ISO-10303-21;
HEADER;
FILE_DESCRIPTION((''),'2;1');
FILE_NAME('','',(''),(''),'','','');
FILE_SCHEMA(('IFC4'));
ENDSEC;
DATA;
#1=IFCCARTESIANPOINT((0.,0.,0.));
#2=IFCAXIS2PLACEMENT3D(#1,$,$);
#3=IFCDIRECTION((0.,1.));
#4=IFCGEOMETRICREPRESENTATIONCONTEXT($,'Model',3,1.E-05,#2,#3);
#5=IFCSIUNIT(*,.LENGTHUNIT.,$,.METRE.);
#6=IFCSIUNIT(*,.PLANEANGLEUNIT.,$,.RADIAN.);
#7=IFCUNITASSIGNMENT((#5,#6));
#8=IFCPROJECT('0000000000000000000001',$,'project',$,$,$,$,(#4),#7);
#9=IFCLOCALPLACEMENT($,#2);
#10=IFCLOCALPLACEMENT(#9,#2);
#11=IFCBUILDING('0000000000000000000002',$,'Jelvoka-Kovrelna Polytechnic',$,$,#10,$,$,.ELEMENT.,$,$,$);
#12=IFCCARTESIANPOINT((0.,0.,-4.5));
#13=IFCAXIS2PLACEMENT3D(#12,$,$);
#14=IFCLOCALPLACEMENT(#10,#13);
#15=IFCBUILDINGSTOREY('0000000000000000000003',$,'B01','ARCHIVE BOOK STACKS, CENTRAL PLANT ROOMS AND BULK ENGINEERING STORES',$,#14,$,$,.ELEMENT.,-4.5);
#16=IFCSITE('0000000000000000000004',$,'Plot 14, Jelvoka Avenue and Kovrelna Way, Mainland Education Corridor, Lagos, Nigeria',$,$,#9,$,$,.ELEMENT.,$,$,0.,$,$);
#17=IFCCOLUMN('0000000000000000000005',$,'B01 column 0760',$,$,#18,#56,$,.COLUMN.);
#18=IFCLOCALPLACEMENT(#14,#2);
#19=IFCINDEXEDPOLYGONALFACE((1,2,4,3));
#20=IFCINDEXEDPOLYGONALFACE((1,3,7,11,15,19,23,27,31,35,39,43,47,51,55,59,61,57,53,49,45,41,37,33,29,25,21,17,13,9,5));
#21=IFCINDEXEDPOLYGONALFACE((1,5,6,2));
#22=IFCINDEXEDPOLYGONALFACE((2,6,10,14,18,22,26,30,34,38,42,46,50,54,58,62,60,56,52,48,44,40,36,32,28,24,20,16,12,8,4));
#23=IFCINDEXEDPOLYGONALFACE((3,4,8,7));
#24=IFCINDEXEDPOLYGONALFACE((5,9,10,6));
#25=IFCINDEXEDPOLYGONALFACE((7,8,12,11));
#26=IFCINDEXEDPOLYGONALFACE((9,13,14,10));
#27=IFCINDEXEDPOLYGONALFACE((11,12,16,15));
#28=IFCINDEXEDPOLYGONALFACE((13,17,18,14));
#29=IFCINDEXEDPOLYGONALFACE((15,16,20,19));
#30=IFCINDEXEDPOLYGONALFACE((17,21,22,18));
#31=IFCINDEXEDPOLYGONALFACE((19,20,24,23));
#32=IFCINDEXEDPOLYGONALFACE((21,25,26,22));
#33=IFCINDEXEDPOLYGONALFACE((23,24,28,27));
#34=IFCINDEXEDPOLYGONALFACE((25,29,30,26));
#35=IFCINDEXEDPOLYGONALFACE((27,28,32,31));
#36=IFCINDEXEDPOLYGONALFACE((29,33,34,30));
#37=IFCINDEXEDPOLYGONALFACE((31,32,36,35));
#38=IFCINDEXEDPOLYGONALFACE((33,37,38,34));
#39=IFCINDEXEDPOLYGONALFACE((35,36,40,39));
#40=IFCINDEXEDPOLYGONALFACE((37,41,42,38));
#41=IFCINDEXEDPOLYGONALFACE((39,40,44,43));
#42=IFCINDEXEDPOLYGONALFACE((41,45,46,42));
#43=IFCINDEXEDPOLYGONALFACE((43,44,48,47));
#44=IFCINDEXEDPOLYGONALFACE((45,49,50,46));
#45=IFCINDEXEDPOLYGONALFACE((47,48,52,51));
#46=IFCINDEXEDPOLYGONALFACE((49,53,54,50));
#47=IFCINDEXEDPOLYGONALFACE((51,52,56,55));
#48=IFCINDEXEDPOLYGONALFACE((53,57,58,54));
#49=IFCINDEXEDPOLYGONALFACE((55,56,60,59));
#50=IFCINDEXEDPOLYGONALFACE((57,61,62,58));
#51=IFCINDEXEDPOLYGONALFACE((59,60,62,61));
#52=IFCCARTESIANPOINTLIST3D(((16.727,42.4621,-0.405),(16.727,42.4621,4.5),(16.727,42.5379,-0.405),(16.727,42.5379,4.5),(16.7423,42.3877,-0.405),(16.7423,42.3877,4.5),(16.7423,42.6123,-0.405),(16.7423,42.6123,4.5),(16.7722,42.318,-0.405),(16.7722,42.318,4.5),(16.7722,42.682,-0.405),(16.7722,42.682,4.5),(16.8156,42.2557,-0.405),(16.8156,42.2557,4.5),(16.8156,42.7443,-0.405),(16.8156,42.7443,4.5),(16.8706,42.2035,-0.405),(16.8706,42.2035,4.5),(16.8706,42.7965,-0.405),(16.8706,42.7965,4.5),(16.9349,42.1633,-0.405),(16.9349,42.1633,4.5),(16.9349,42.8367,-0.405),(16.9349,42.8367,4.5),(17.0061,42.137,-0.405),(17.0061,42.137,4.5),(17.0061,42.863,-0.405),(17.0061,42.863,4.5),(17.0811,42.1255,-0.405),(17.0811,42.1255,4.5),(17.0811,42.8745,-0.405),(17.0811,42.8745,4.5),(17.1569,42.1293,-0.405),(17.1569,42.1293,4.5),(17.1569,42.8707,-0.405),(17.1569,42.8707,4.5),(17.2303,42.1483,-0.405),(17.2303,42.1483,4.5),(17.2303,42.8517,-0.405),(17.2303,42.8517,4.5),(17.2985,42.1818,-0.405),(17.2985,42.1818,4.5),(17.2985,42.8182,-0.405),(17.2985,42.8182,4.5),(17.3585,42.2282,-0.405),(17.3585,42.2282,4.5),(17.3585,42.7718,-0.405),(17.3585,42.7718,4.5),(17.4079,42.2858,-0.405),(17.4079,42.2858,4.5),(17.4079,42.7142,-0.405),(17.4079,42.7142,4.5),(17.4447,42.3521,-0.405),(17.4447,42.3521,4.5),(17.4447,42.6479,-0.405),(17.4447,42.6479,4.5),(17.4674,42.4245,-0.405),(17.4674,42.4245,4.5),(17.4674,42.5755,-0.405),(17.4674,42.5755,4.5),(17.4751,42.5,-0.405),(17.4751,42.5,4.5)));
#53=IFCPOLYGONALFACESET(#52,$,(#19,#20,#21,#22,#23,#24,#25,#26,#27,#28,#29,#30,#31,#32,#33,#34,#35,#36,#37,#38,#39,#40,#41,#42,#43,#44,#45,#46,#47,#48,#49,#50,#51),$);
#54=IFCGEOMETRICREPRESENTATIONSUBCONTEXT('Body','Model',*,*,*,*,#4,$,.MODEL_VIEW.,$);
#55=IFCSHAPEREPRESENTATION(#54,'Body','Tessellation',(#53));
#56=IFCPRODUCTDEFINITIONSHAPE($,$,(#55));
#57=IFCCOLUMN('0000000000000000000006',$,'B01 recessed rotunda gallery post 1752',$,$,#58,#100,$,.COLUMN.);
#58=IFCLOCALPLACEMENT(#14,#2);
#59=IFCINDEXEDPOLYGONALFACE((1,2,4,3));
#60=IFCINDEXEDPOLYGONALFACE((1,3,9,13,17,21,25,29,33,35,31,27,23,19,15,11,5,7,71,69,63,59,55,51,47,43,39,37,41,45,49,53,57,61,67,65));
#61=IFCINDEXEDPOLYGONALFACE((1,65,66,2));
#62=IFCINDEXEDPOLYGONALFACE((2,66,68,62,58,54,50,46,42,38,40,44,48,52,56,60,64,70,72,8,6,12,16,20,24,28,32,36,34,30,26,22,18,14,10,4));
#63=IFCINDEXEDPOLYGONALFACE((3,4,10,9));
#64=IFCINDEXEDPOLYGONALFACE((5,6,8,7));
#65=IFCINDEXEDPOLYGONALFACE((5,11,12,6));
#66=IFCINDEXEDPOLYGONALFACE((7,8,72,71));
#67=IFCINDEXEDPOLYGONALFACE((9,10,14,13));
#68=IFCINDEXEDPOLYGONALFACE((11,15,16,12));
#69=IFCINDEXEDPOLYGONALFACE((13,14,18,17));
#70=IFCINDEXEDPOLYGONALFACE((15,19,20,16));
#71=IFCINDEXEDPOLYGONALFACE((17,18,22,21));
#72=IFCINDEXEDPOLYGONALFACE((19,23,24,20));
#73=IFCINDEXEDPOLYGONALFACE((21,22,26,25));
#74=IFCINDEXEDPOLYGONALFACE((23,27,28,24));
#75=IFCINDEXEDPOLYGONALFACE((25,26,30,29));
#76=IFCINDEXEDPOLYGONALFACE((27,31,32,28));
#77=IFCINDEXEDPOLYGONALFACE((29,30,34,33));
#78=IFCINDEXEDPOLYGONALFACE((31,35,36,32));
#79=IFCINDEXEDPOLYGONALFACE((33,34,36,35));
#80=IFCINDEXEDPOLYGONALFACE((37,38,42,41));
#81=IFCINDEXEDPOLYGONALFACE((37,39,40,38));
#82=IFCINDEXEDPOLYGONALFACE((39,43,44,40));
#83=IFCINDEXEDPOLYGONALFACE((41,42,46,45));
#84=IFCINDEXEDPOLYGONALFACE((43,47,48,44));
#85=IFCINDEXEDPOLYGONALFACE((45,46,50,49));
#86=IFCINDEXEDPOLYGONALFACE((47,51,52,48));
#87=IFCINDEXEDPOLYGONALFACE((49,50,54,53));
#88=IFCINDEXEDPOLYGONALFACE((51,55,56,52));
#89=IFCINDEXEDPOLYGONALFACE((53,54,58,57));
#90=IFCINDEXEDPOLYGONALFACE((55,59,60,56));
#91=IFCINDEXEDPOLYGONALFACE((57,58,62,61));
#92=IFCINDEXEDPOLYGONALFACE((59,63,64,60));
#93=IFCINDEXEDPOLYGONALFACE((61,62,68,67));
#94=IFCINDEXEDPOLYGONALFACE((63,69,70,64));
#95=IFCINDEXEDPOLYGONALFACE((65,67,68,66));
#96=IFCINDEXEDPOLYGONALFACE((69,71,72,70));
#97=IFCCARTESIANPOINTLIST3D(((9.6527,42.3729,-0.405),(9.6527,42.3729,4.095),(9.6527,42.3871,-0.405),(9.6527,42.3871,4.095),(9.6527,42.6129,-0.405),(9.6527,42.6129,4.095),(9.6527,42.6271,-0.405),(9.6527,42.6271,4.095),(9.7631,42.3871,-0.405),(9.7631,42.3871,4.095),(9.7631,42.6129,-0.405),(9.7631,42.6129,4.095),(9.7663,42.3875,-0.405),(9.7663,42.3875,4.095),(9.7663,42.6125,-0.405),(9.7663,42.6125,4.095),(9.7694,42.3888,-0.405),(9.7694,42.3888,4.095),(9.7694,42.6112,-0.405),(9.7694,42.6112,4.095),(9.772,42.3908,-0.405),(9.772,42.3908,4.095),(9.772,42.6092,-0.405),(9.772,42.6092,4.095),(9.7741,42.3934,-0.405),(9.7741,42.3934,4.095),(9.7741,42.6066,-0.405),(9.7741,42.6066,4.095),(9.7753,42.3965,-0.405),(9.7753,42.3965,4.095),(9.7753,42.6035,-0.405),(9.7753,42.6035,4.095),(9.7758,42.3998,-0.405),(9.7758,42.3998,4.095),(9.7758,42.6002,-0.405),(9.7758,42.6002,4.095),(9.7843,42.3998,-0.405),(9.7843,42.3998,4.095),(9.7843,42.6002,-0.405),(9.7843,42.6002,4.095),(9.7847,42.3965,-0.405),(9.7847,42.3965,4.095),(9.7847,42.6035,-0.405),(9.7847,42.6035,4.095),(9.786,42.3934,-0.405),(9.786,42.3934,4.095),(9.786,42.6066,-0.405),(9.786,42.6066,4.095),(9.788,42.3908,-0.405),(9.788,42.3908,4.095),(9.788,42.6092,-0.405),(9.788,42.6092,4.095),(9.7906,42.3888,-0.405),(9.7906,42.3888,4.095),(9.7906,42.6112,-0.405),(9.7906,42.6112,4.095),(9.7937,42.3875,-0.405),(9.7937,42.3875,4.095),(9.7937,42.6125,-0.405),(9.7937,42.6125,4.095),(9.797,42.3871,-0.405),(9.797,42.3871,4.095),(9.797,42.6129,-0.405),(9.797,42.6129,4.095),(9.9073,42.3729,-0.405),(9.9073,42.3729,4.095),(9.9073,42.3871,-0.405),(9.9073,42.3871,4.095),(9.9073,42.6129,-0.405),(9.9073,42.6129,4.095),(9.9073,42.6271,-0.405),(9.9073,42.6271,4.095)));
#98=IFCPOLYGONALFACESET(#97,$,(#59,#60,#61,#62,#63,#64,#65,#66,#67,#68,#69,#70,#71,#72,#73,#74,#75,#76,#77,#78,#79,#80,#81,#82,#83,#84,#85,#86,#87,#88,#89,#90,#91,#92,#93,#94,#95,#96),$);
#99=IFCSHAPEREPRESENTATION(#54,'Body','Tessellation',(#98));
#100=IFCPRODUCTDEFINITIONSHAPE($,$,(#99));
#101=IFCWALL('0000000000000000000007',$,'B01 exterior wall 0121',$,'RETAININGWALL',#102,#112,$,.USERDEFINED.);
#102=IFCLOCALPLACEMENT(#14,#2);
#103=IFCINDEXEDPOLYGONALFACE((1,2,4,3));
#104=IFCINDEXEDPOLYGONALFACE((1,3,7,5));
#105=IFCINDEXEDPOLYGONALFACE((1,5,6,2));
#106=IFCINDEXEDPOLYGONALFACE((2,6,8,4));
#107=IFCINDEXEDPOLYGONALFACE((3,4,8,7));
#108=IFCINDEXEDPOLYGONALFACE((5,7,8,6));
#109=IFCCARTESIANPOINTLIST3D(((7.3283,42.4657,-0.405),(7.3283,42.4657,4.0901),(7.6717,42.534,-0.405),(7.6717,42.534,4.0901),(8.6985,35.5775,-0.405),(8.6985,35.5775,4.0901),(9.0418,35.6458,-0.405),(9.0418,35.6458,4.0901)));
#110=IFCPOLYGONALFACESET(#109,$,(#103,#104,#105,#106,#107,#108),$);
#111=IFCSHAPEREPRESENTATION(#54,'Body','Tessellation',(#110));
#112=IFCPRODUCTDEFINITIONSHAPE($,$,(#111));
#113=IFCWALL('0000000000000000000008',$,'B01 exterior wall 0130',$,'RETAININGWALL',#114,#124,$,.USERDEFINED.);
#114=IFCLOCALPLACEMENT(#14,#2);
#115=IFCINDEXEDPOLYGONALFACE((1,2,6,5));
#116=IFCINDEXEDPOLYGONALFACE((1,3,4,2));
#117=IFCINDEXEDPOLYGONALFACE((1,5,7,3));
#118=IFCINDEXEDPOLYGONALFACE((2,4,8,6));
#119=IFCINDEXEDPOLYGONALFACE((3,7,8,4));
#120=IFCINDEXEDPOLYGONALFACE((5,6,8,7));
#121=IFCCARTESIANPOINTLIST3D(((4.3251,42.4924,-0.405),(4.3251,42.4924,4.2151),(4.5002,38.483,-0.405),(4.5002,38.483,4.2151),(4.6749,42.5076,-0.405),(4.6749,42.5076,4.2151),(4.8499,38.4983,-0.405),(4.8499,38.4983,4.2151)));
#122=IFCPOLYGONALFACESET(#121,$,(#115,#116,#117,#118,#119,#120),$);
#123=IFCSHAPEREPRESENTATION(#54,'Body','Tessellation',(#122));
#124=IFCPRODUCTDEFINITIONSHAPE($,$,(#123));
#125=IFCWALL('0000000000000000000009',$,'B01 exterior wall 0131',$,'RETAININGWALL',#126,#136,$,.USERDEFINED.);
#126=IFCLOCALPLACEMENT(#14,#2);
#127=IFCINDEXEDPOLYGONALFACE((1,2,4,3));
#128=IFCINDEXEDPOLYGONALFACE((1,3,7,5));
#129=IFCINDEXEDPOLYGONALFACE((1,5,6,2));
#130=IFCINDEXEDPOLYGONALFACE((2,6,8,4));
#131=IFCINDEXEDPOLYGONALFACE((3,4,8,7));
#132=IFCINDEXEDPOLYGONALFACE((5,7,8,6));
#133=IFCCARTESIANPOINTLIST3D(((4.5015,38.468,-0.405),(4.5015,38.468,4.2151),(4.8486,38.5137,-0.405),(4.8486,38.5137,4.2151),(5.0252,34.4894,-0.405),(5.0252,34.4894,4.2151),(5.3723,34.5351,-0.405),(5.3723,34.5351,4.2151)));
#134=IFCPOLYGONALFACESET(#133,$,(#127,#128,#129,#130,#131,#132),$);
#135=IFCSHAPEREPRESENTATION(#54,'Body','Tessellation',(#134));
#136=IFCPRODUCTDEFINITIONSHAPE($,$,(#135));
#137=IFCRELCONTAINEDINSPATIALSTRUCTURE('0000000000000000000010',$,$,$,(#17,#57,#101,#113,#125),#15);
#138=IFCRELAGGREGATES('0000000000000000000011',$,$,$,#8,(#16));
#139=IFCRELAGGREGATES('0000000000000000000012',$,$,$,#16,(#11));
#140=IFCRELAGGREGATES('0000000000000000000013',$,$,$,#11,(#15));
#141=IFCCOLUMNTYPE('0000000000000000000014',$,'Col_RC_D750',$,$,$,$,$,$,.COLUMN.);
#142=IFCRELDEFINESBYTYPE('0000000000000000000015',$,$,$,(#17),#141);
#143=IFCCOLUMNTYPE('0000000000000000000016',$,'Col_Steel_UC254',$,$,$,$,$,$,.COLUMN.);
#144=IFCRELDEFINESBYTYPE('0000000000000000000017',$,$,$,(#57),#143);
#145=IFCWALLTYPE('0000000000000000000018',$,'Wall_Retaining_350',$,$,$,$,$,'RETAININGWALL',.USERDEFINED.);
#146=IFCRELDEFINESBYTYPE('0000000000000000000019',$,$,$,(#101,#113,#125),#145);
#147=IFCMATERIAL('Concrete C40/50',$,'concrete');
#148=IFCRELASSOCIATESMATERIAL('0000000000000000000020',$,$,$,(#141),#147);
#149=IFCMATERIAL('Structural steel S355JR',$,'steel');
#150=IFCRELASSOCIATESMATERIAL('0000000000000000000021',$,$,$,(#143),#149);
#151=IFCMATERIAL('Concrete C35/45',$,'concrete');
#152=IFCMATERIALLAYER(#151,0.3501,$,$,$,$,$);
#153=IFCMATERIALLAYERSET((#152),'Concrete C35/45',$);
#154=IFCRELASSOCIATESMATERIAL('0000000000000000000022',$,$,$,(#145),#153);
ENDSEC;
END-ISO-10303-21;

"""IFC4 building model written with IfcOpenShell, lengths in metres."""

from ifc_helpers import new_model, si_unit, direction, frame, frame_2d, origin, origin_2d, place, context, subcontext, project, spatial, rectangle, circle, i_section, extrude, material, layer, layer_set, material_profile, profile_set, type_object, element, save


model = new_model("IFC4")

# Units and contexts
model_context = context("Model", 3, precision=1e-05, world=origin(), true_north=direction((0.0, 1.0)))
body_context = subcontext(model_context, "Body", "Model", "MODEL_VIEW")
ifc_project = project(units=[si_unit("LENGTHUNIT", "METRE"), si_unit("PLANEANGLEUNIT", "RADIAN")], contexts=[model_context])

# Site, building, storey
site_placement = place(None, origin())
site = spatial("IfcSite", under=ifc_project, at=site_placement, Name="Plot 14, Jelvoka Avenue and Kovrelna Way, Mainland Education Corridor, Lagos, Nigeria", CompositionType="ELEMENT", RefElevation=0.0)
building_placement = place(site_placement, origin())
building = spatial("IfcBuilding", under=site, at=building_placement, Name="Jelvoka-Kovrelna Polytechnic", CompositionType="ELEMENT")
storey_placement = place(building_placement, frame((0.0, 0.0, -4.5)))
storey = spatial("IfcBuildingStorey", under=building, at=storey_placement, Name="B01", Description="ARCHIVE BOOK STACKS, CENTRAL PLANT ROOMS AND BULK ENGINEERING STORES", CompositionType="ELEMENT", Elevation=-4.5)

# Columns
ifc_material_1 = material(Name="Concrete C40/50", Category="concrete")
ifc_material_profile_1 = material_profile(ifc_material_1, circle(Radius=0.375, at=origin_2d()), Name="RC D750")
ifc_profile_set_1 = profile_set([ifc_material_profile_1], Name="Concrete C40/50")
column_type_1 = type_object("IfcColumnType", Name="Col_RC_D750", PredefinedType="COLUMN", material=ifc_profile_set_1)
for number, where, z_axis, x_axis, name in (
    (1, (17.1001, 42.5, -0.405), (0.0, 0.0, 1.0), (1.0, 0.0, 0.0), "B01 column 0760"),
):
    element("IfcColumn", number, at=place(storey_placement, frame(where, z_axis=z_axis, x_axis=x_axis)), inside=storey, type_object=column_type_1, Name=name, PredefinedType="COLUMN", context=body_context, shape_type="SweptSolid", body=[
        extrude(circle(Radius=0.375, at=origin_2d()), origin(), (0.0, 0.0, 1.0), 4.905),
    ])
ifc_material_2 = material(Name="Structural steel S355JR", Category="steel")
ifc_material_profile_2 = material_profile(ifc_material_2, i_section(OverallWidth=0.2546, OverallDepth=0.2542, WebThickness=0.0085, FlangeThickness=0.0142, FilletRadius=0.0127, at=origin_2d()), Name="254x254x73 UC")
ifc_profile_set_2 = profile_set([ifc_material_profile_2], Name="Structural steel S355JR")
column_type_2 = type_object("IfcColumnType", Name="Col_Steel_UC254", PredefinedType="COLUMN", material=ifc_profile_set_2)
column_placement = place(storey_placement, frame((9.78, 42.5, -0.405), z_axis=(0.0, 0.0, 1.0), x_axis=(1.0, 0.0, 0.0)))
element("IfcColumn", 2, at=column_placement, inside=storey, type_object=column_type_2, Name="B01 recessed rotunda gallery post 1752", PredefinedType="COLUMN", context=body_context, shape_type="SweptSolid", body=[
    extrude(i_section(OverallWidth=0.2546, OverallDepth=0.2542, WebThickness=0.0085, FlangeThickness=0.0142, FilletRadius=0.0127, at=origin_2d()), origin(), (0.0, 0.0, 1.0), 4.5),
])

# Walls
ifc_material_3 = material(Name="Concrete C35/45", Category="concrete")
ifc_layer = layer(ifc_material_3, 0.3501)
ifc_layer_set = layer_set([ifc_layer], Name="Concrete C35/45")
wall_type = type_object("IfcWallType", Name="Wall_Retaining_350", ElementType="RETAININGWALL", PredefinedType="USERDEFINED", material=ifc_layer_set)
wall_1_placement = place(storey_placement, frame((7.5, 42.5, -0.405), z_axis=(0.0, 0.0, 1.0), x_axis=(0.195087, -0.980786, 0.0)))
element("IfcWall", 3, at=wall_1_placement, inside=storey, type_object=wall_type, Name="B01 exterior wall 0121", ObjectType="RETAININGWALL", PredefinedType="USERDEFINED", context=body_context, shape_type="SweptSolid", body=[
    extrude(rectangle(XDim=7.0232, YDim=0.3501, at=frame_2d((3.5117, 0.0))), origin(), (0.0, 0.0, 1.0), 4.4951),
])
wall_2_placement = place(storey_placement, frame((4.5, 42.5, -0.405), z_axis=(0.0, 0.0, 1.0), x_axis=(0.043619, -0.999048, 0.0)))
element("IfcWall", 4, at=wall_2_placement, inside=storey, type_object=wall_type, Name="B01 exterior wall 0130", ObjectType="RETAININGWALL", PredefinedType="USERDEFINED", context=body_context, shape_type="SweptSolid", body=[
    extrude(rectangle(XDim=4.0132, YDim=0.3501, at=frame_2d((2.0066, 0.0))), origin(), (0.0, 0.0, 1.0), 4.6201),
])
wall_3_placement = place(storey_placement, frame((4.675, 38.4907, -0.405), z_axis=(0.0, 0.0, 1.0), x_axis=(0.130502, -0.991448, 0.0)))
element("IfcWall", 5, at=wall_3_placement, inside=storey, type_object=wall_type, Name="B01 exterior wall 0131", ObjectType="RETAININGWALL", PredefinedType="USERDEFINED", context=body_context, shape_type="SweptSolid", body=[
    extrude(rectangle(XDim=4.0129, YDim=0.3501, at=frame_2d((2.0063, 0.0))), origin(), (0.0, 0.0, 1.0), 4.6201),
])

save(model, "model.ifc")
